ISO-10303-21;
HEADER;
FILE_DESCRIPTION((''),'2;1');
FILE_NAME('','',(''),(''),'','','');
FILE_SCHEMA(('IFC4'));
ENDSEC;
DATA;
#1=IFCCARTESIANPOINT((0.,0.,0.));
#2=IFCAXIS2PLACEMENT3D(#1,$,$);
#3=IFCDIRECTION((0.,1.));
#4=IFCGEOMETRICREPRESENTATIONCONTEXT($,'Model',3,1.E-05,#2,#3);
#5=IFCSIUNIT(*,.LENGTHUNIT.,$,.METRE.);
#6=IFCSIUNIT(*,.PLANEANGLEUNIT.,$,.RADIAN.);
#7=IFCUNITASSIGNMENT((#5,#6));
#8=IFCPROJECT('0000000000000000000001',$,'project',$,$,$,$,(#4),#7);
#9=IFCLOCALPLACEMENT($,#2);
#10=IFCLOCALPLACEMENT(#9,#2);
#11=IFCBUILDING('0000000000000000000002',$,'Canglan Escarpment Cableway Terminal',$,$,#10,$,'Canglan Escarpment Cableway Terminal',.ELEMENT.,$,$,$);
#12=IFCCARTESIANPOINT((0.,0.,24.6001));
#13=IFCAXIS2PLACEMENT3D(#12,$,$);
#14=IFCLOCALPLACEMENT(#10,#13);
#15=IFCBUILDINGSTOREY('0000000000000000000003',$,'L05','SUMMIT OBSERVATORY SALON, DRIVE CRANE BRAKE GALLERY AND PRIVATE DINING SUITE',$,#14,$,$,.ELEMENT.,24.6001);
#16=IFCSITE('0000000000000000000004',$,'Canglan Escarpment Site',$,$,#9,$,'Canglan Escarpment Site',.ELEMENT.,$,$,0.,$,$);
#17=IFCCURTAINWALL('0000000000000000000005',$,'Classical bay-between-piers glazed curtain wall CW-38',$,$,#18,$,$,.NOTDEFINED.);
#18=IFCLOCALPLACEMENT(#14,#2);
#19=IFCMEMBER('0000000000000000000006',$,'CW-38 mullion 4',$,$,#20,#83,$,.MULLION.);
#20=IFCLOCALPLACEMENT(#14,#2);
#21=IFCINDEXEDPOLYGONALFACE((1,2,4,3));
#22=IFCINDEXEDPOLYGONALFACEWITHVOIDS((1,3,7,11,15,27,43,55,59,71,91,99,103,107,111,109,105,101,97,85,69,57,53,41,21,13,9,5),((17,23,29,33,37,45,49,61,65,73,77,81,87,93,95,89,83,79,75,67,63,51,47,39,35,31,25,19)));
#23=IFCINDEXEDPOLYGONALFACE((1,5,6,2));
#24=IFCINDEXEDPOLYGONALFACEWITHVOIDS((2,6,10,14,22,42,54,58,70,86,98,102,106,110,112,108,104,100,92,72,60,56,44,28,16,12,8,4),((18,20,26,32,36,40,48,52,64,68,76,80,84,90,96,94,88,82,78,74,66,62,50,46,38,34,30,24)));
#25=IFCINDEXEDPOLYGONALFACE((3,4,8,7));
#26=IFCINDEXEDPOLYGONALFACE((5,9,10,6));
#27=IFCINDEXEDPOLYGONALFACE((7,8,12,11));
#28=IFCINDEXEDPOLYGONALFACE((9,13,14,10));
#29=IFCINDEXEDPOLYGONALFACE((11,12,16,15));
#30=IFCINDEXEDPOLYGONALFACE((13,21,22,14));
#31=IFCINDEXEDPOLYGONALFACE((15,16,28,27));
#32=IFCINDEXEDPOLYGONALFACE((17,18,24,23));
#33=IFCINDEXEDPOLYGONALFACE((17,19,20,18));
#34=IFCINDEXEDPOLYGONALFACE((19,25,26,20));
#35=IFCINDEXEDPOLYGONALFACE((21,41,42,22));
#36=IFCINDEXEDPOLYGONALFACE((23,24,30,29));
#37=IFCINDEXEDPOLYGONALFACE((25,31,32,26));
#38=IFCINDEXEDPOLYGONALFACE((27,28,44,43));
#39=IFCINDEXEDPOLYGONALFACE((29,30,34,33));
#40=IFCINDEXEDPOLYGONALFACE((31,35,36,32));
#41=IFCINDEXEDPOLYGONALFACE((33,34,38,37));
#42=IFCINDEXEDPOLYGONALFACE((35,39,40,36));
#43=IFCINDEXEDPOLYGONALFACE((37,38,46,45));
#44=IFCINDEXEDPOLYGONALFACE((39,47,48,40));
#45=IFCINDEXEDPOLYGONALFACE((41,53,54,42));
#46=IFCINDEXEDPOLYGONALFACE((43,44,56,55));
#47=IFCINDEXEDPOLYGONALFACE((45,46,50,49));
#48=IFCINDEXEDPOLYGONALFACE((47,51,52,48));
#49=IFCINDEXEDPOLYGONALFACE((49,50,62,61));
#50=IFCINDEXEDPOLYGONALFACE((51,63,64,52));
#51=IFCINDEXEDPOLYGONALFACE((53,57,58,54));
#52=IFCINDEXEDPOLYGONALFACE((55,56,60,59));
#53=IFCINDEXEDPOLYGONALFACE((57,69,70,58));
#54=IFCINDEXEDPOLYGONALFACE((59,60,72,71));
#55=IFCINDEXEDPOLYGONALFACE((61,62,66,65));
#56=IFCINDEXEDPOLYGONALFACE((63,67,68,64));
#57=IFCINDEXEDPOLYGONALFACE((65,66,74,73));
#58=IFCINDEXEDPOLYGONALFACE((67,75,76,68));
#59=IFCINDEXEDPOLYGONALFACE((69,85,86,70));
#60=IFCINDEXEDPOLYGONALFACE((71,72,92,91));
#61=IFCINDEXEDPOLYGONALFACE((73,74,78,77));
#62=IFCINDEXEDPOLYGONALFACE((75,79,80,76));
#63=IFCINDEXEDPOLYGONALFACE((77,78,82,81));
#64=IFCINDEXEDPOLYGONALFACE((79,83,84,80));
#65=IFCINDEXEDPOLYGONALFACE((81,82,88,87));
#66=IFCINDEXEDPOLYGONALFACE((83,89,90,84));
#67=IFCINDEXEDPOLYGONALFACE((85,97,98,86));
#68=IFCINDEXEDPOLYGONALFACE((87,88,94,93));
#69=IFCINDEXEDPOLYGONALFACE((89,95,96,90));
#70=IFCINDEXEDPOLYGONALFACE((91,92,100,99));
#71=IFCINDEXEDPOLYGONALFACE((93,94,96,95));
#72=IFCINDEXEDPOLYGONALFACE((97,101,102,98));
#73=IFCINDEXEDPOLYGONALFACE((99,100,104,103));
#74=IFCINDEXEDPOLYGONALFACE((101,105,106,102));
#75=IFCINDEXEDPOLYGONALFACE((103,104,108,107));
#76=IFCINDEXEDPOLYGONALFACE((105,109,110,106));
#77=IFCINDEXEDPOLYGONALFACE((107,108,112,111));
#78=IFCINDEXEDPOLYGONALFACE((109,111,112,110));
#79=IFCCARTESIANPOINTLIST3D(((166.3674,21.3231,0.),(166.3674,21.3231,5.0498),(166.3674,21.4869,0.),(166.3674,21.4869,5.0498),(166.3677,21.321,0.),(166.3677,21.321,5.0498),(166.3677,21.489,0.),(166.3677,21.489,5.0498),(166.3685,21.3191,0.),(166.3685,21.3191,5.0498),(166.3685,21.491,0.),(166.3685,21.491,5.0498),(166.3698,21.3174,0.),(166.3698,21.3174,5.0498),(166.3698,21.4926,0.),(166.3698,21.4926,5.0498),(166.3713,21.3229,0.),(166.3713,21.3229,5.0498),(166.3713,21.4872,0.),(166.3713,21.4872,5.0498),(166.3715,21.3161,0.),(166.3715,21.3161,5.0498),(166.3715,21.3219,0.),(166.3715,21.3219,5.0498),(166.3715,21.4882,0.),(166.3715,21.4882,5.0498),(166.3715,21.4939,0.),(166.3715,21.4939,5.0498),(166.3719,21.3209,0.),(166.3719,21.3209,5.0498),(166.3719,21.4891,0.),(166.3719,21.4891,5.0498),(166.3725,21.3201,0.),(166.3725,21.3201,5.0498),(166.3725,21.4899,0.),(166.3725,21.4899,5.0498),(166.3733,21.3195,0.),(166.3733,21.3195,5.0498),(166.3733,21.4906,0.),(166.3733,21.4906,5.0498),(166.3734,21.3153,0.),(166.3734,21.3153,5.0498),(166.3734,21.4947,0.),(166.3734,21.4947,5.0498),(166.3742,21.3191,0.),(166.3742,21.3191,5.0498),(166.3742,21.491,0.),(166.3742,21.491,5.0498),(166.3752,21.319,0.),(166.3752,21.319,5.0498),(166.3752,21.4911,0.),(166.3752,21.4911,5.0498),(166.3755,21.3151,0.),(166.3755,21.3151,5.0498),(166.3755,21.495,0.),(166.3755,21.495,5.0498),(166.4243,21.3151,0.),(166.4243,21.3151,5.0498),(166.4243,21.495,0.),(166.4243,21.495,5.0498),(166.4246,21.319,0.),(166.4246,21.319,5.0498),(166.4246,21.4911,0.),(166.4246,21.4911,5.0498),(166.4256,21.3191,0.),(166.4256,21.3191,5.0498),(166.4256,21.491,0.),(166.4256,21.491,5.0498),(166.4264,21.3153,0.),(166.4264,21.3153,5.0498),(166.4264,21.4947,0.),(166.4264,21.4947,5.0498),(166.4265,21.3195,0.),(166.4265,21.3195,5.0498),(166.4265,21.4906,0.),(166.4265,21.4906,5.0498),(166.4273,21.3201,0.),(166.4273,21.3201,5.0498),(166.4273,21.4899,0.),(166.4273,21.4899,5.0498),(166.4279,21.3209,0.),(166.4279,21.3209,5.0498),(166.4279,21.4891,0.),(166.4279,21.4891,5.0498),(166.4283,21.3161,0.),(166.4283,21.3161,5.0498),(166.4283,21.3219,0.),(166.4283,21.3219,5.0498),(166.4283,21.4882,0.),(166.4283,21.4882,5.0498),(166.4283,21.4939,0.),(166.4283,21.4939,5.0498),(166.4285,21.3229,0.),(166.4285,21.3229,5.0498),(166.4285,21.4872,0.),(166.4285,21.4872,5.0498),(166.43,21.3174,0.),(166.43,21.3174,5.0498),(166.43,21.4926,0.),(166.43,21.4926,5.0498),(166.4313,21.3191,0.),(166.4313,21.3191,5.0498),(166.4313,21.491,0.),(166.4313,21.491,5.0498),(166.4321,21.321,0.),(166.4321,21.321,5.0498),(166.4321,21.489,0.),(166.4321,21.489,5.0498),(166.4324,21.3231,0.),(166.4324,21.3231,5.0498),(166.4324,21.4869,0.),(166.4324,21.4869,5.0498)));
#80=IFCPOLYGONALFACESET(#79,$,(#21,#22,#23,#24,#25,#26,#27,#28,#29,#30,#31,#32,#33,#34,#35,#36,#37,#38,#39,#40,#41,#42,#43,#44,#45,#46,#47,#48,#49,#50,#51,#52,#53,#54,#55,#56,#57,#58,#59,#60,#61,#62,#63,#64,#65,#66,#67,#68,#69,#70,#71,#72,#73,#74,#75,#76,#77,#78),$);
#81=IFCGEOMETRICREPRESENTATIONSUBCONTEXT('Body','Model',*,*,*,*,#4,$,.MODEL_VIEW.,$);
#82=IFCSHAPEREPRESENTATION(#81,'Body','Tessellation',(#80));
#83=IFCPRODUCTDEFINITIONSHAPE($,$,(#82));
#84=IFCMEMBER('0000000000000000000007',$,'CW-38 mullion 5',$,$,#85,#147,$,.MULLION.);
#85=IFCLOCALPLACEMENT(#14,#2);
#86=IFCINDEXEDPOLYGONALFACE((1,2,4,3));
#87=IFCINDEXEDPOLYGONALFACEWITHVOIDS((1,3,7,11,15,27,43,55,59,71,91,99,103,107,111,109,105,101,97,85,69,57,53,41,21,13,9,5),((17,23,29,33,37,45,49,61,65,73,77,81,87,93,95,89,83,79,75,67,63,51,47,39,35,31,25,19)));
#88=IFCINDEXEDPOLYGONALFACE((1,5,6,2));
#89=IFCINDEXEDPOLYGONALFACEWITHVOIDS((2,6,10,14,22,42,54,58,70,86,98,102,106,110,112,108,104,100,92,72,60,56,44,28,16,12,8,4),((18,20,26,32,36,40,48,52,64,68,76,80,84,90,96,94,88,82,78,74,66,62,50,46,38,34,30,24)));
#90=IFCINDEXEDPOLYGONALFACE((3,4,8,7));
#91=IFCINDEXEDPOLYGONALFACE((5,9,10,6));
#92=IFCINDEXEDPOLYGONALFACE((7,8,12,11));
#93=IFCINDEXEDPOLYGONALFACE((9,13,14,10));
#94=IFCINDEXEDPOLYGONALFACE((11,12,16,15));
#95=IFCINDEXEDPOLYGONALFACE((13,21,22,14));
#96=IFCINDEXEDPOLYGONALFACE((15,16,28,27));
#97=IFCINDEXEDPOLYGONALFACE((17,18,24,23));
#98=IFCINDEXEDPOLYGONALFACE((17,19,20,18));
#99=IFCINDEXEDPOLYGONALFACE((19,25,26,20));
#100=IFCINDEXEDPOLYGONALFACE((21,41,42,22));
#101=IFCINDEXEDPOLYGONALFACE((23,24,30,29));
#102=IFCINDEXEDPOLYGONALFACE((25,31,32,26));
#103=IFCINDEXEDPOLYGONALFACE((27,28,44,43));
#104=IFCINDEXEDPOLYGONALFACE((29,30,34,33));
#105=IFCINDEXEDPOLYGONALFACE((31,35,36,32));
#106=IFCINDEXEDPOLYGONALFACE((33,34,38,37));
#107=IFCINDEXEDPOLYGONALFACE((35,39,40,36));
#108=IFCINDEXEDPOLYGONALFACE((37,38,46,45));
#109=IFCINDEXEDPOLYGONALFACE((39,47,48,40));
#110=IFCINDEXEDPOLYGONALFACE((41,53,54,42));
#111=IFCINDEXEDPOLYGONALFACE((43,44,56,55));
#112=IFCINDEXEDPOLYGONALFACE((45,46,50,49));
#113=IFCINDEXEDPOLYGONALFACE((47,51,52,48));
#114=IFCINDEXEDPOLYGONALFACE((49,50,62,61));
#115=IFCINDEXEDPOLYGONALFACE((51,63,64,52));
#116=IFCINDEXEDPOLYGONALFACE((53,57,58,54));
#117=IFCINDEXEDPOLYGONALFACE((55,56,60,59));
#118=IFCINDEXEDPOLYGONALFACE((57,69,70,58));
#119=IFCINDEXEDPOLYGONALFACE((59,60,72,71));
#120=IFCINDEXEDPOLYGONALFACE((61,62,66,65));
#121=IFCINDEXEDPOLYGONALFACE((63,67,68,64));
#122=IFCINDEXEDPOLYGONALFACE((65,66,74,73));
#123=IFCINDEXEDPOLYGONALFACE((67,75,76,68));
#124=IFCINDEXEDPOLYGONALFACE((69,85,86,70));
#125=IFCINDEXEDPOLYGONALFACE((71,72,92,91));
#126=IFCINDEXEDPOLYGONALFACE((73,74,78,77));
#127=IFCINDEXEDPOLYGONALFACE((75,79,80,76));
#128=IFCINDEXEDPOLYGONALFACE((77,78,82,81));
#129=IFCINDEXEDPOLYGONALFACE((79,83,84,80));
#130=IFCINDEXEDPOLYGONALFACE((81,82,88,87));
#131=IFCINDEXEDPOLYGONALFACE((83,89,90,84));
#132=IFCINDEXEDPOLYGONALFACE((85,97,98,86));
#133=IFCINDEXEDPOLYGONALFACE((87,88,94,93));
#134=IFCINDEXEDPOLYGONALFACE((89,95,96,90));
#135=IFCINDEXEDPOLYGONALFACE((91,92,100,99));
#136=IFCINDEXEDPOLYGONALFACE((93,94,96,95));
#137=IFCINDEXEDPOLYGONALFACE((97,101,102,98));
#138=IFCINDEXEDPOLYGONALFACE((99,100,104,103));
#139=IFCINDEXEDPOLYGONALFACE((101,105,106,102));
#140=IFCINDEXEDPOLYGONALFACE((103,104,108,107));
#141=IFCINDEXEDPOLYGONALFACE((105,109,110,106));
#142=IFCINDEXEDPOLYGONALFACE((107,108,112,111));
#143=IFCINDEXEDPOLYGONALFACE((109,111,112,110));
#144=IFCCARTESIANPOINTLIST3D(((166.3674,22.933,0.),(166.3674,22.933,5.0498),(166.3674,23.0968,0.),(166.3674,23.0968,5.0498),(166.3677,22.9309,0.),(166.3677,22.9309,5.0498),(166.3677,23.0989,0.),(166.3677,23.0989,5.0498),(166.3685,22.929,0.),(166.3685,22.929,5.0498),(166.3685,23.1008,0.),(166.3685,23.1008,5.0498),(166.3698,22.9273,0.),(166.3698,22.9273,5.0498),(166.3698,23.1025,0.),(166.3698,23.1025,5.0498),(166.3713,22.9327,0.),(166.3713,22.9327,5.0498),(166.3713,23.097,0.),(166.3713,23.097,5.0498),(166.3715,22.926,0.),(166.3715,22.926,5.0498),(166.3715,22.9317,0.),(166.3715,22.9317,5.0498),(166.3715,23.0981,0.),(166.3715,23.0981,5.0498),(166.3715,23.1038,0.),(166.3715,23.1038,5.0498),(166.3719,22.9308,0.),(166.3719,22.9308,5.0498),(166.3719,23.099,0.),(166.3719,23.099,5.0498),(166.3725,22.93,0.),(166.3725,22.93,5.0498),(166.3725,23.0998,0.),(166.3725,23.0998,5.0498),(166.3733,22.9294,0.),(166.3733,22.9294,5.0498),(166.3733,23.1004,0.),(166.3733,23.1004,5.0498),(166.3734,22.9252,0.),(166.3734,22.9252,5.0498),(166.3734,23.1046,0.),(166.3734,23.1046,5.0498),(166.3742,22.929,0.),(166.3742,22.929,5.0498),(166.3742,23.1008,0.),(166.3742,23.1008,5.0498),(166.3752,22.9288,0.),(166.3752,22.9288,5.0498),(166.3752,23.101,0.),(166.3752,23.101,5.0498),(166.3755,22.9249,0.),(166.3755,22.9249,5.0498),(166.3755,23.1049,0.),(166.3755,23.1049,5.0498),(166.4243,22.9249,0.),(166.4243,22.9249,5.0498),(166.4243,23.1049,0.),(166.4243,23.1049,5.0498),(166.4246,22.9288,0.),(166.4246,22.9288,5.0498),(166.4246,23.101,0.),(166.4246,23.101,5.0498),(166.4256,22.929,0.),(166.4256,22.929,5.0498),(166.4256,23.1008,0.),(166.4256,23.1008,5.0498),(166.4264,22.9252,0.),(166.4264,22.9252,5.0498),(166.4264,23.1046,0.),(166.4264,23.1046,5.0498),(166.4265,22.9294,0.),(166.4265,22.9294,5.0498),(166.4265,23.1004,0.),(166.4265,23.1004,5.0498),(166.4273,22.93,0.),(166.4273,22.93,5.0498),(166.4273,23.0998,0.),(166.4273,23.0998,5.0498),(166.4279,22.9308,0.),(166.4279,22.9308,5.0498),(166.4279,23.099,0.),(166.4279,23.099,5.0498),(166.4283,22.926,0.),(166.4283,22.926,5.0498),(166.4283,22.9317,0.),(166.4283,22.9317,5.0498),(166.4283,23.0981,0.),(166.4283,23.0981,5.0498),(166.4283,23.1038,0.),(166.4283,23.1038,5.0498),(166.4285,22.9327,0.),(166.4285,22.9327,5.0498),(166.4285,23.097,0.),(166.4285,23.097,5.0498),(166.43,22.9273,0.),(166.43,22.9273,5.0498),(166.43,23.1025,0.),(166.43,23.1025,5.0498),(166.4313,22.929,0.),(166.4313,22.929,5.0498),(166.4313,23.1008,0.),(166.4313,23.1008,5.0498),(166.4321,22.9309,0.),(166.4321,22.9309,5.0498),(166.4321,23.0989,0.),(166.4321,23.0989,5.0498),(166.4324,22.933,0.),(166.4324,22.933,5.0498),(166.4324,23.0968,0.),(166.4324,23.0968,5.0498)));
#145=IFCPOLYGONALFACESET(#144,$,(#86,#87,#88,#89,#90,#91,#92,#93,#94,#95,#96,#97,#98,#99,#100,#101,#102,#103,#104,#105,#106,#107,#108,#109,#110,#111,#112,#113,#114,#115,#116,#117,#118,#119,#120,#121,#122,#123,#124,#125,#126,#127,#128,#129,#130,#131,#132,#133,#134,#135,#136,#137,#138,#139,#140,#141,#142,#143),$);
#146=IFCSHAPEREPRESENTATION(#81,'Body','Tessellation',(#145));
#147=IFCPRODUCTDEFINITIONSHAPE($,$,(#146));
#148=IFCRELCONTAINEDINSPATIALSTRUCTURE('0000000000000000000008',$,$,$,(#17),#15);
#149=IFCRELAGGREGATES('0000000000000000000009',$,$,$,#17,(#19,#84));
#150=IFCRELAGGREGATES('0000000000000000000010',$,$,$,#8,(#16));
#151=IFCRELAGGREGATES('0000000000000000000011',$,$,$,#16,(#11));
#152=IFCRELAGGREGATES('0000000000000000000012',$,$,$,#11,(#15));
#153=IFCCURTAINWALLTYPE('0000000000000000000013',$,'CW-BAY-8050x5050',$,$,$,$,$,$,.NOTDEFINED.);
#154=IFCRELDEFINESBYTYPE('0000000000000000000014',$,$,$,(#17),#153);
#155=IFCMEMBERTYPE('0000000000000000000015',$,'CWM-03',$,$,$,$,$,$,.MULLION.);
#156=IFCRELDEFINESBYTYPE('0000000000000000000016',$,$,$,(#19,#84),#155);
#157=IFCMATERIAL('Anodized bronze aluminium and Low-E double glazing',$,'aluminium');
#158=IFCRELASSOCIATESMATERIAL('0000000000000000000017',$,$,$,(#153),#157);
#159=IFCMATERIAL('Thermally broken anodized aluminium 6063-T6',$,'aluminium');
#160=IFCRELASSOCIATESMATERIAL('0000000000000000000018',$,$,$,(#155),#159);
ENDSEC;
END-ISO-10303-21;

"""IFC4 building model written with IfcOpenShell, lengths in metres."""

from ifc_helpers import new_model, si_unit, direction, frame, origin, origin_2d, place, context, subcontext, project, spatial, hollow_rectangle, extrude, material, material_profile, profile_set, type_object, element, aggregate, save


model = new_model("IFC4")

# Units and contexts
model_context = context("Model", 3, precision=1e-05, world=origin(), true_north=direction((0.0, 1.0)))
body_context = subcontext(model_context, "Body", "Model", "MODEL_VIEW")
ifc_project = project(units=[si_unit("LENGTHUNIT", "METRE"), si_unit("PLANEANGLEUNIT", "RADIAN")], contexts=[model_context])

# Site, building, storey
site_placement = place(None, origin())
site = spatial("IfcSite", under=ifc_project, at=site_placement, Name="Canglan Escarpment Site", LongName="Canglan Escarpment Site", CompositionType="ELEMENT", RefElevation=0.0)
building_placement = place(site_placement, origin())
building = spatial("IfcBuilding", under=site, at=building_placement, Name="Canglan Escarpment Cableway Terminal", LongName="Canglan Escarpment Cableway Terminal", CompositionType="ELEMENT")
storey_placement = place(building_placement, frame((0.0, 0.0, 24.6001)))
storey = spatial("IfcBuildingStorey", under=building, at=storey_placement, Name="L05", Description="SUMMIT OBSERVATORY SALON, DRIVE CRANE BRAKE GALLERY AND PRIVATE DINING SUITE", CompositionType="ELEMENT", Elevation=24.6001)

# Curtain wall, members
ifc_material_1 = material(Name="Anodized bronze aluminium and Low-E double glazing", Category="aluminium")
curtain_wall_type = type_object("IfcCurtainWallType", Name="CW-BAY-8050x5050", PredefinedType="NOTDEFINED", material=ifc_material_1)
curtain_wall_placement = place(storey_placement, origin())
curtain_wall = element("IfcCurtainWall", 1, at=curtain_wall_placement, inside=storey, type_object=curtain_wall_type, Name="Classical bay-between-piers glazed curtain wall CW-38", PredefinedType="NOTDEFINED")
ifc_material_2 = material(Name="Thermally broken anodized aluminium 6063-T6", Category="aluminium")
ifc_material_profile_1 = material_profile(ifc_material_2, hollow_rectangle(XDim=0.0649, YDim=0.1799, WallThickness=0.0039, InnerFilletRadius=0.0039, OuterFilletRadius=0.0081, at=origin_2d()), Name="ALU-MULL 65x180x4")
ifc_profile_set_1 = profile_set([ifc_material_profile_1], Name="Thermally broken anodized aluminium 6063-T6")
member_type_1 = type_object("IfcMemberType", Name="CWM-03", PredefinedType="MULLION", material=ifc_profile_set_1)
member_1_placement = place(storey_placement, frame((166.3999, 21.405, 0.0), z_axis=(0.0, 0.0, 1.0), x_axis=(-1.0, 0.0, 0.0)))
member_1 = element("IfcMember", 2, at=member_1_placement, type_object=member_type_1, Name="CW-38 mullion 4", PredefinedType="MULLION", context=body_context, shape_type="SweptSolid", body=[
    extrude(hollow_rectangle(XDim=0.0649, YDim=0.1799, WallThickness=0.0039, InnerFilletRadius=0.0039, OuterFilletRadius=0.0081, at=origin_2d()), origin(), (0.0, 0.0, 1.0), 5.0498),
])
member_2_placement = place(storey_placement, frame((166.3999, 23.0149, 0.0), z_axis=(0.0, 0.0, 1.0), x_axis=(-1.0, 0.0, 0.0)))
member_2 = element("IfcMember", 3, at=member_2_placement, type_object=member_type_1, Name="CW-38 mullion 5", PredefinedType="MULLION", context=body_context, shape_type="SweptSolid", body=[
    extrude(hollow_rectangle(XDim=0.0649, YDim=0.1799, WallThickness=0.0039, InnerFilletRadius=0.0039, OuterFilletRadius=0.0081, at=origin_2d()), origin(), (0.0, 0.0, 1.0), 5.0498),
])
aggregate(curtain_wall, [member_1, member_2])

save(model, "model.ifc")
